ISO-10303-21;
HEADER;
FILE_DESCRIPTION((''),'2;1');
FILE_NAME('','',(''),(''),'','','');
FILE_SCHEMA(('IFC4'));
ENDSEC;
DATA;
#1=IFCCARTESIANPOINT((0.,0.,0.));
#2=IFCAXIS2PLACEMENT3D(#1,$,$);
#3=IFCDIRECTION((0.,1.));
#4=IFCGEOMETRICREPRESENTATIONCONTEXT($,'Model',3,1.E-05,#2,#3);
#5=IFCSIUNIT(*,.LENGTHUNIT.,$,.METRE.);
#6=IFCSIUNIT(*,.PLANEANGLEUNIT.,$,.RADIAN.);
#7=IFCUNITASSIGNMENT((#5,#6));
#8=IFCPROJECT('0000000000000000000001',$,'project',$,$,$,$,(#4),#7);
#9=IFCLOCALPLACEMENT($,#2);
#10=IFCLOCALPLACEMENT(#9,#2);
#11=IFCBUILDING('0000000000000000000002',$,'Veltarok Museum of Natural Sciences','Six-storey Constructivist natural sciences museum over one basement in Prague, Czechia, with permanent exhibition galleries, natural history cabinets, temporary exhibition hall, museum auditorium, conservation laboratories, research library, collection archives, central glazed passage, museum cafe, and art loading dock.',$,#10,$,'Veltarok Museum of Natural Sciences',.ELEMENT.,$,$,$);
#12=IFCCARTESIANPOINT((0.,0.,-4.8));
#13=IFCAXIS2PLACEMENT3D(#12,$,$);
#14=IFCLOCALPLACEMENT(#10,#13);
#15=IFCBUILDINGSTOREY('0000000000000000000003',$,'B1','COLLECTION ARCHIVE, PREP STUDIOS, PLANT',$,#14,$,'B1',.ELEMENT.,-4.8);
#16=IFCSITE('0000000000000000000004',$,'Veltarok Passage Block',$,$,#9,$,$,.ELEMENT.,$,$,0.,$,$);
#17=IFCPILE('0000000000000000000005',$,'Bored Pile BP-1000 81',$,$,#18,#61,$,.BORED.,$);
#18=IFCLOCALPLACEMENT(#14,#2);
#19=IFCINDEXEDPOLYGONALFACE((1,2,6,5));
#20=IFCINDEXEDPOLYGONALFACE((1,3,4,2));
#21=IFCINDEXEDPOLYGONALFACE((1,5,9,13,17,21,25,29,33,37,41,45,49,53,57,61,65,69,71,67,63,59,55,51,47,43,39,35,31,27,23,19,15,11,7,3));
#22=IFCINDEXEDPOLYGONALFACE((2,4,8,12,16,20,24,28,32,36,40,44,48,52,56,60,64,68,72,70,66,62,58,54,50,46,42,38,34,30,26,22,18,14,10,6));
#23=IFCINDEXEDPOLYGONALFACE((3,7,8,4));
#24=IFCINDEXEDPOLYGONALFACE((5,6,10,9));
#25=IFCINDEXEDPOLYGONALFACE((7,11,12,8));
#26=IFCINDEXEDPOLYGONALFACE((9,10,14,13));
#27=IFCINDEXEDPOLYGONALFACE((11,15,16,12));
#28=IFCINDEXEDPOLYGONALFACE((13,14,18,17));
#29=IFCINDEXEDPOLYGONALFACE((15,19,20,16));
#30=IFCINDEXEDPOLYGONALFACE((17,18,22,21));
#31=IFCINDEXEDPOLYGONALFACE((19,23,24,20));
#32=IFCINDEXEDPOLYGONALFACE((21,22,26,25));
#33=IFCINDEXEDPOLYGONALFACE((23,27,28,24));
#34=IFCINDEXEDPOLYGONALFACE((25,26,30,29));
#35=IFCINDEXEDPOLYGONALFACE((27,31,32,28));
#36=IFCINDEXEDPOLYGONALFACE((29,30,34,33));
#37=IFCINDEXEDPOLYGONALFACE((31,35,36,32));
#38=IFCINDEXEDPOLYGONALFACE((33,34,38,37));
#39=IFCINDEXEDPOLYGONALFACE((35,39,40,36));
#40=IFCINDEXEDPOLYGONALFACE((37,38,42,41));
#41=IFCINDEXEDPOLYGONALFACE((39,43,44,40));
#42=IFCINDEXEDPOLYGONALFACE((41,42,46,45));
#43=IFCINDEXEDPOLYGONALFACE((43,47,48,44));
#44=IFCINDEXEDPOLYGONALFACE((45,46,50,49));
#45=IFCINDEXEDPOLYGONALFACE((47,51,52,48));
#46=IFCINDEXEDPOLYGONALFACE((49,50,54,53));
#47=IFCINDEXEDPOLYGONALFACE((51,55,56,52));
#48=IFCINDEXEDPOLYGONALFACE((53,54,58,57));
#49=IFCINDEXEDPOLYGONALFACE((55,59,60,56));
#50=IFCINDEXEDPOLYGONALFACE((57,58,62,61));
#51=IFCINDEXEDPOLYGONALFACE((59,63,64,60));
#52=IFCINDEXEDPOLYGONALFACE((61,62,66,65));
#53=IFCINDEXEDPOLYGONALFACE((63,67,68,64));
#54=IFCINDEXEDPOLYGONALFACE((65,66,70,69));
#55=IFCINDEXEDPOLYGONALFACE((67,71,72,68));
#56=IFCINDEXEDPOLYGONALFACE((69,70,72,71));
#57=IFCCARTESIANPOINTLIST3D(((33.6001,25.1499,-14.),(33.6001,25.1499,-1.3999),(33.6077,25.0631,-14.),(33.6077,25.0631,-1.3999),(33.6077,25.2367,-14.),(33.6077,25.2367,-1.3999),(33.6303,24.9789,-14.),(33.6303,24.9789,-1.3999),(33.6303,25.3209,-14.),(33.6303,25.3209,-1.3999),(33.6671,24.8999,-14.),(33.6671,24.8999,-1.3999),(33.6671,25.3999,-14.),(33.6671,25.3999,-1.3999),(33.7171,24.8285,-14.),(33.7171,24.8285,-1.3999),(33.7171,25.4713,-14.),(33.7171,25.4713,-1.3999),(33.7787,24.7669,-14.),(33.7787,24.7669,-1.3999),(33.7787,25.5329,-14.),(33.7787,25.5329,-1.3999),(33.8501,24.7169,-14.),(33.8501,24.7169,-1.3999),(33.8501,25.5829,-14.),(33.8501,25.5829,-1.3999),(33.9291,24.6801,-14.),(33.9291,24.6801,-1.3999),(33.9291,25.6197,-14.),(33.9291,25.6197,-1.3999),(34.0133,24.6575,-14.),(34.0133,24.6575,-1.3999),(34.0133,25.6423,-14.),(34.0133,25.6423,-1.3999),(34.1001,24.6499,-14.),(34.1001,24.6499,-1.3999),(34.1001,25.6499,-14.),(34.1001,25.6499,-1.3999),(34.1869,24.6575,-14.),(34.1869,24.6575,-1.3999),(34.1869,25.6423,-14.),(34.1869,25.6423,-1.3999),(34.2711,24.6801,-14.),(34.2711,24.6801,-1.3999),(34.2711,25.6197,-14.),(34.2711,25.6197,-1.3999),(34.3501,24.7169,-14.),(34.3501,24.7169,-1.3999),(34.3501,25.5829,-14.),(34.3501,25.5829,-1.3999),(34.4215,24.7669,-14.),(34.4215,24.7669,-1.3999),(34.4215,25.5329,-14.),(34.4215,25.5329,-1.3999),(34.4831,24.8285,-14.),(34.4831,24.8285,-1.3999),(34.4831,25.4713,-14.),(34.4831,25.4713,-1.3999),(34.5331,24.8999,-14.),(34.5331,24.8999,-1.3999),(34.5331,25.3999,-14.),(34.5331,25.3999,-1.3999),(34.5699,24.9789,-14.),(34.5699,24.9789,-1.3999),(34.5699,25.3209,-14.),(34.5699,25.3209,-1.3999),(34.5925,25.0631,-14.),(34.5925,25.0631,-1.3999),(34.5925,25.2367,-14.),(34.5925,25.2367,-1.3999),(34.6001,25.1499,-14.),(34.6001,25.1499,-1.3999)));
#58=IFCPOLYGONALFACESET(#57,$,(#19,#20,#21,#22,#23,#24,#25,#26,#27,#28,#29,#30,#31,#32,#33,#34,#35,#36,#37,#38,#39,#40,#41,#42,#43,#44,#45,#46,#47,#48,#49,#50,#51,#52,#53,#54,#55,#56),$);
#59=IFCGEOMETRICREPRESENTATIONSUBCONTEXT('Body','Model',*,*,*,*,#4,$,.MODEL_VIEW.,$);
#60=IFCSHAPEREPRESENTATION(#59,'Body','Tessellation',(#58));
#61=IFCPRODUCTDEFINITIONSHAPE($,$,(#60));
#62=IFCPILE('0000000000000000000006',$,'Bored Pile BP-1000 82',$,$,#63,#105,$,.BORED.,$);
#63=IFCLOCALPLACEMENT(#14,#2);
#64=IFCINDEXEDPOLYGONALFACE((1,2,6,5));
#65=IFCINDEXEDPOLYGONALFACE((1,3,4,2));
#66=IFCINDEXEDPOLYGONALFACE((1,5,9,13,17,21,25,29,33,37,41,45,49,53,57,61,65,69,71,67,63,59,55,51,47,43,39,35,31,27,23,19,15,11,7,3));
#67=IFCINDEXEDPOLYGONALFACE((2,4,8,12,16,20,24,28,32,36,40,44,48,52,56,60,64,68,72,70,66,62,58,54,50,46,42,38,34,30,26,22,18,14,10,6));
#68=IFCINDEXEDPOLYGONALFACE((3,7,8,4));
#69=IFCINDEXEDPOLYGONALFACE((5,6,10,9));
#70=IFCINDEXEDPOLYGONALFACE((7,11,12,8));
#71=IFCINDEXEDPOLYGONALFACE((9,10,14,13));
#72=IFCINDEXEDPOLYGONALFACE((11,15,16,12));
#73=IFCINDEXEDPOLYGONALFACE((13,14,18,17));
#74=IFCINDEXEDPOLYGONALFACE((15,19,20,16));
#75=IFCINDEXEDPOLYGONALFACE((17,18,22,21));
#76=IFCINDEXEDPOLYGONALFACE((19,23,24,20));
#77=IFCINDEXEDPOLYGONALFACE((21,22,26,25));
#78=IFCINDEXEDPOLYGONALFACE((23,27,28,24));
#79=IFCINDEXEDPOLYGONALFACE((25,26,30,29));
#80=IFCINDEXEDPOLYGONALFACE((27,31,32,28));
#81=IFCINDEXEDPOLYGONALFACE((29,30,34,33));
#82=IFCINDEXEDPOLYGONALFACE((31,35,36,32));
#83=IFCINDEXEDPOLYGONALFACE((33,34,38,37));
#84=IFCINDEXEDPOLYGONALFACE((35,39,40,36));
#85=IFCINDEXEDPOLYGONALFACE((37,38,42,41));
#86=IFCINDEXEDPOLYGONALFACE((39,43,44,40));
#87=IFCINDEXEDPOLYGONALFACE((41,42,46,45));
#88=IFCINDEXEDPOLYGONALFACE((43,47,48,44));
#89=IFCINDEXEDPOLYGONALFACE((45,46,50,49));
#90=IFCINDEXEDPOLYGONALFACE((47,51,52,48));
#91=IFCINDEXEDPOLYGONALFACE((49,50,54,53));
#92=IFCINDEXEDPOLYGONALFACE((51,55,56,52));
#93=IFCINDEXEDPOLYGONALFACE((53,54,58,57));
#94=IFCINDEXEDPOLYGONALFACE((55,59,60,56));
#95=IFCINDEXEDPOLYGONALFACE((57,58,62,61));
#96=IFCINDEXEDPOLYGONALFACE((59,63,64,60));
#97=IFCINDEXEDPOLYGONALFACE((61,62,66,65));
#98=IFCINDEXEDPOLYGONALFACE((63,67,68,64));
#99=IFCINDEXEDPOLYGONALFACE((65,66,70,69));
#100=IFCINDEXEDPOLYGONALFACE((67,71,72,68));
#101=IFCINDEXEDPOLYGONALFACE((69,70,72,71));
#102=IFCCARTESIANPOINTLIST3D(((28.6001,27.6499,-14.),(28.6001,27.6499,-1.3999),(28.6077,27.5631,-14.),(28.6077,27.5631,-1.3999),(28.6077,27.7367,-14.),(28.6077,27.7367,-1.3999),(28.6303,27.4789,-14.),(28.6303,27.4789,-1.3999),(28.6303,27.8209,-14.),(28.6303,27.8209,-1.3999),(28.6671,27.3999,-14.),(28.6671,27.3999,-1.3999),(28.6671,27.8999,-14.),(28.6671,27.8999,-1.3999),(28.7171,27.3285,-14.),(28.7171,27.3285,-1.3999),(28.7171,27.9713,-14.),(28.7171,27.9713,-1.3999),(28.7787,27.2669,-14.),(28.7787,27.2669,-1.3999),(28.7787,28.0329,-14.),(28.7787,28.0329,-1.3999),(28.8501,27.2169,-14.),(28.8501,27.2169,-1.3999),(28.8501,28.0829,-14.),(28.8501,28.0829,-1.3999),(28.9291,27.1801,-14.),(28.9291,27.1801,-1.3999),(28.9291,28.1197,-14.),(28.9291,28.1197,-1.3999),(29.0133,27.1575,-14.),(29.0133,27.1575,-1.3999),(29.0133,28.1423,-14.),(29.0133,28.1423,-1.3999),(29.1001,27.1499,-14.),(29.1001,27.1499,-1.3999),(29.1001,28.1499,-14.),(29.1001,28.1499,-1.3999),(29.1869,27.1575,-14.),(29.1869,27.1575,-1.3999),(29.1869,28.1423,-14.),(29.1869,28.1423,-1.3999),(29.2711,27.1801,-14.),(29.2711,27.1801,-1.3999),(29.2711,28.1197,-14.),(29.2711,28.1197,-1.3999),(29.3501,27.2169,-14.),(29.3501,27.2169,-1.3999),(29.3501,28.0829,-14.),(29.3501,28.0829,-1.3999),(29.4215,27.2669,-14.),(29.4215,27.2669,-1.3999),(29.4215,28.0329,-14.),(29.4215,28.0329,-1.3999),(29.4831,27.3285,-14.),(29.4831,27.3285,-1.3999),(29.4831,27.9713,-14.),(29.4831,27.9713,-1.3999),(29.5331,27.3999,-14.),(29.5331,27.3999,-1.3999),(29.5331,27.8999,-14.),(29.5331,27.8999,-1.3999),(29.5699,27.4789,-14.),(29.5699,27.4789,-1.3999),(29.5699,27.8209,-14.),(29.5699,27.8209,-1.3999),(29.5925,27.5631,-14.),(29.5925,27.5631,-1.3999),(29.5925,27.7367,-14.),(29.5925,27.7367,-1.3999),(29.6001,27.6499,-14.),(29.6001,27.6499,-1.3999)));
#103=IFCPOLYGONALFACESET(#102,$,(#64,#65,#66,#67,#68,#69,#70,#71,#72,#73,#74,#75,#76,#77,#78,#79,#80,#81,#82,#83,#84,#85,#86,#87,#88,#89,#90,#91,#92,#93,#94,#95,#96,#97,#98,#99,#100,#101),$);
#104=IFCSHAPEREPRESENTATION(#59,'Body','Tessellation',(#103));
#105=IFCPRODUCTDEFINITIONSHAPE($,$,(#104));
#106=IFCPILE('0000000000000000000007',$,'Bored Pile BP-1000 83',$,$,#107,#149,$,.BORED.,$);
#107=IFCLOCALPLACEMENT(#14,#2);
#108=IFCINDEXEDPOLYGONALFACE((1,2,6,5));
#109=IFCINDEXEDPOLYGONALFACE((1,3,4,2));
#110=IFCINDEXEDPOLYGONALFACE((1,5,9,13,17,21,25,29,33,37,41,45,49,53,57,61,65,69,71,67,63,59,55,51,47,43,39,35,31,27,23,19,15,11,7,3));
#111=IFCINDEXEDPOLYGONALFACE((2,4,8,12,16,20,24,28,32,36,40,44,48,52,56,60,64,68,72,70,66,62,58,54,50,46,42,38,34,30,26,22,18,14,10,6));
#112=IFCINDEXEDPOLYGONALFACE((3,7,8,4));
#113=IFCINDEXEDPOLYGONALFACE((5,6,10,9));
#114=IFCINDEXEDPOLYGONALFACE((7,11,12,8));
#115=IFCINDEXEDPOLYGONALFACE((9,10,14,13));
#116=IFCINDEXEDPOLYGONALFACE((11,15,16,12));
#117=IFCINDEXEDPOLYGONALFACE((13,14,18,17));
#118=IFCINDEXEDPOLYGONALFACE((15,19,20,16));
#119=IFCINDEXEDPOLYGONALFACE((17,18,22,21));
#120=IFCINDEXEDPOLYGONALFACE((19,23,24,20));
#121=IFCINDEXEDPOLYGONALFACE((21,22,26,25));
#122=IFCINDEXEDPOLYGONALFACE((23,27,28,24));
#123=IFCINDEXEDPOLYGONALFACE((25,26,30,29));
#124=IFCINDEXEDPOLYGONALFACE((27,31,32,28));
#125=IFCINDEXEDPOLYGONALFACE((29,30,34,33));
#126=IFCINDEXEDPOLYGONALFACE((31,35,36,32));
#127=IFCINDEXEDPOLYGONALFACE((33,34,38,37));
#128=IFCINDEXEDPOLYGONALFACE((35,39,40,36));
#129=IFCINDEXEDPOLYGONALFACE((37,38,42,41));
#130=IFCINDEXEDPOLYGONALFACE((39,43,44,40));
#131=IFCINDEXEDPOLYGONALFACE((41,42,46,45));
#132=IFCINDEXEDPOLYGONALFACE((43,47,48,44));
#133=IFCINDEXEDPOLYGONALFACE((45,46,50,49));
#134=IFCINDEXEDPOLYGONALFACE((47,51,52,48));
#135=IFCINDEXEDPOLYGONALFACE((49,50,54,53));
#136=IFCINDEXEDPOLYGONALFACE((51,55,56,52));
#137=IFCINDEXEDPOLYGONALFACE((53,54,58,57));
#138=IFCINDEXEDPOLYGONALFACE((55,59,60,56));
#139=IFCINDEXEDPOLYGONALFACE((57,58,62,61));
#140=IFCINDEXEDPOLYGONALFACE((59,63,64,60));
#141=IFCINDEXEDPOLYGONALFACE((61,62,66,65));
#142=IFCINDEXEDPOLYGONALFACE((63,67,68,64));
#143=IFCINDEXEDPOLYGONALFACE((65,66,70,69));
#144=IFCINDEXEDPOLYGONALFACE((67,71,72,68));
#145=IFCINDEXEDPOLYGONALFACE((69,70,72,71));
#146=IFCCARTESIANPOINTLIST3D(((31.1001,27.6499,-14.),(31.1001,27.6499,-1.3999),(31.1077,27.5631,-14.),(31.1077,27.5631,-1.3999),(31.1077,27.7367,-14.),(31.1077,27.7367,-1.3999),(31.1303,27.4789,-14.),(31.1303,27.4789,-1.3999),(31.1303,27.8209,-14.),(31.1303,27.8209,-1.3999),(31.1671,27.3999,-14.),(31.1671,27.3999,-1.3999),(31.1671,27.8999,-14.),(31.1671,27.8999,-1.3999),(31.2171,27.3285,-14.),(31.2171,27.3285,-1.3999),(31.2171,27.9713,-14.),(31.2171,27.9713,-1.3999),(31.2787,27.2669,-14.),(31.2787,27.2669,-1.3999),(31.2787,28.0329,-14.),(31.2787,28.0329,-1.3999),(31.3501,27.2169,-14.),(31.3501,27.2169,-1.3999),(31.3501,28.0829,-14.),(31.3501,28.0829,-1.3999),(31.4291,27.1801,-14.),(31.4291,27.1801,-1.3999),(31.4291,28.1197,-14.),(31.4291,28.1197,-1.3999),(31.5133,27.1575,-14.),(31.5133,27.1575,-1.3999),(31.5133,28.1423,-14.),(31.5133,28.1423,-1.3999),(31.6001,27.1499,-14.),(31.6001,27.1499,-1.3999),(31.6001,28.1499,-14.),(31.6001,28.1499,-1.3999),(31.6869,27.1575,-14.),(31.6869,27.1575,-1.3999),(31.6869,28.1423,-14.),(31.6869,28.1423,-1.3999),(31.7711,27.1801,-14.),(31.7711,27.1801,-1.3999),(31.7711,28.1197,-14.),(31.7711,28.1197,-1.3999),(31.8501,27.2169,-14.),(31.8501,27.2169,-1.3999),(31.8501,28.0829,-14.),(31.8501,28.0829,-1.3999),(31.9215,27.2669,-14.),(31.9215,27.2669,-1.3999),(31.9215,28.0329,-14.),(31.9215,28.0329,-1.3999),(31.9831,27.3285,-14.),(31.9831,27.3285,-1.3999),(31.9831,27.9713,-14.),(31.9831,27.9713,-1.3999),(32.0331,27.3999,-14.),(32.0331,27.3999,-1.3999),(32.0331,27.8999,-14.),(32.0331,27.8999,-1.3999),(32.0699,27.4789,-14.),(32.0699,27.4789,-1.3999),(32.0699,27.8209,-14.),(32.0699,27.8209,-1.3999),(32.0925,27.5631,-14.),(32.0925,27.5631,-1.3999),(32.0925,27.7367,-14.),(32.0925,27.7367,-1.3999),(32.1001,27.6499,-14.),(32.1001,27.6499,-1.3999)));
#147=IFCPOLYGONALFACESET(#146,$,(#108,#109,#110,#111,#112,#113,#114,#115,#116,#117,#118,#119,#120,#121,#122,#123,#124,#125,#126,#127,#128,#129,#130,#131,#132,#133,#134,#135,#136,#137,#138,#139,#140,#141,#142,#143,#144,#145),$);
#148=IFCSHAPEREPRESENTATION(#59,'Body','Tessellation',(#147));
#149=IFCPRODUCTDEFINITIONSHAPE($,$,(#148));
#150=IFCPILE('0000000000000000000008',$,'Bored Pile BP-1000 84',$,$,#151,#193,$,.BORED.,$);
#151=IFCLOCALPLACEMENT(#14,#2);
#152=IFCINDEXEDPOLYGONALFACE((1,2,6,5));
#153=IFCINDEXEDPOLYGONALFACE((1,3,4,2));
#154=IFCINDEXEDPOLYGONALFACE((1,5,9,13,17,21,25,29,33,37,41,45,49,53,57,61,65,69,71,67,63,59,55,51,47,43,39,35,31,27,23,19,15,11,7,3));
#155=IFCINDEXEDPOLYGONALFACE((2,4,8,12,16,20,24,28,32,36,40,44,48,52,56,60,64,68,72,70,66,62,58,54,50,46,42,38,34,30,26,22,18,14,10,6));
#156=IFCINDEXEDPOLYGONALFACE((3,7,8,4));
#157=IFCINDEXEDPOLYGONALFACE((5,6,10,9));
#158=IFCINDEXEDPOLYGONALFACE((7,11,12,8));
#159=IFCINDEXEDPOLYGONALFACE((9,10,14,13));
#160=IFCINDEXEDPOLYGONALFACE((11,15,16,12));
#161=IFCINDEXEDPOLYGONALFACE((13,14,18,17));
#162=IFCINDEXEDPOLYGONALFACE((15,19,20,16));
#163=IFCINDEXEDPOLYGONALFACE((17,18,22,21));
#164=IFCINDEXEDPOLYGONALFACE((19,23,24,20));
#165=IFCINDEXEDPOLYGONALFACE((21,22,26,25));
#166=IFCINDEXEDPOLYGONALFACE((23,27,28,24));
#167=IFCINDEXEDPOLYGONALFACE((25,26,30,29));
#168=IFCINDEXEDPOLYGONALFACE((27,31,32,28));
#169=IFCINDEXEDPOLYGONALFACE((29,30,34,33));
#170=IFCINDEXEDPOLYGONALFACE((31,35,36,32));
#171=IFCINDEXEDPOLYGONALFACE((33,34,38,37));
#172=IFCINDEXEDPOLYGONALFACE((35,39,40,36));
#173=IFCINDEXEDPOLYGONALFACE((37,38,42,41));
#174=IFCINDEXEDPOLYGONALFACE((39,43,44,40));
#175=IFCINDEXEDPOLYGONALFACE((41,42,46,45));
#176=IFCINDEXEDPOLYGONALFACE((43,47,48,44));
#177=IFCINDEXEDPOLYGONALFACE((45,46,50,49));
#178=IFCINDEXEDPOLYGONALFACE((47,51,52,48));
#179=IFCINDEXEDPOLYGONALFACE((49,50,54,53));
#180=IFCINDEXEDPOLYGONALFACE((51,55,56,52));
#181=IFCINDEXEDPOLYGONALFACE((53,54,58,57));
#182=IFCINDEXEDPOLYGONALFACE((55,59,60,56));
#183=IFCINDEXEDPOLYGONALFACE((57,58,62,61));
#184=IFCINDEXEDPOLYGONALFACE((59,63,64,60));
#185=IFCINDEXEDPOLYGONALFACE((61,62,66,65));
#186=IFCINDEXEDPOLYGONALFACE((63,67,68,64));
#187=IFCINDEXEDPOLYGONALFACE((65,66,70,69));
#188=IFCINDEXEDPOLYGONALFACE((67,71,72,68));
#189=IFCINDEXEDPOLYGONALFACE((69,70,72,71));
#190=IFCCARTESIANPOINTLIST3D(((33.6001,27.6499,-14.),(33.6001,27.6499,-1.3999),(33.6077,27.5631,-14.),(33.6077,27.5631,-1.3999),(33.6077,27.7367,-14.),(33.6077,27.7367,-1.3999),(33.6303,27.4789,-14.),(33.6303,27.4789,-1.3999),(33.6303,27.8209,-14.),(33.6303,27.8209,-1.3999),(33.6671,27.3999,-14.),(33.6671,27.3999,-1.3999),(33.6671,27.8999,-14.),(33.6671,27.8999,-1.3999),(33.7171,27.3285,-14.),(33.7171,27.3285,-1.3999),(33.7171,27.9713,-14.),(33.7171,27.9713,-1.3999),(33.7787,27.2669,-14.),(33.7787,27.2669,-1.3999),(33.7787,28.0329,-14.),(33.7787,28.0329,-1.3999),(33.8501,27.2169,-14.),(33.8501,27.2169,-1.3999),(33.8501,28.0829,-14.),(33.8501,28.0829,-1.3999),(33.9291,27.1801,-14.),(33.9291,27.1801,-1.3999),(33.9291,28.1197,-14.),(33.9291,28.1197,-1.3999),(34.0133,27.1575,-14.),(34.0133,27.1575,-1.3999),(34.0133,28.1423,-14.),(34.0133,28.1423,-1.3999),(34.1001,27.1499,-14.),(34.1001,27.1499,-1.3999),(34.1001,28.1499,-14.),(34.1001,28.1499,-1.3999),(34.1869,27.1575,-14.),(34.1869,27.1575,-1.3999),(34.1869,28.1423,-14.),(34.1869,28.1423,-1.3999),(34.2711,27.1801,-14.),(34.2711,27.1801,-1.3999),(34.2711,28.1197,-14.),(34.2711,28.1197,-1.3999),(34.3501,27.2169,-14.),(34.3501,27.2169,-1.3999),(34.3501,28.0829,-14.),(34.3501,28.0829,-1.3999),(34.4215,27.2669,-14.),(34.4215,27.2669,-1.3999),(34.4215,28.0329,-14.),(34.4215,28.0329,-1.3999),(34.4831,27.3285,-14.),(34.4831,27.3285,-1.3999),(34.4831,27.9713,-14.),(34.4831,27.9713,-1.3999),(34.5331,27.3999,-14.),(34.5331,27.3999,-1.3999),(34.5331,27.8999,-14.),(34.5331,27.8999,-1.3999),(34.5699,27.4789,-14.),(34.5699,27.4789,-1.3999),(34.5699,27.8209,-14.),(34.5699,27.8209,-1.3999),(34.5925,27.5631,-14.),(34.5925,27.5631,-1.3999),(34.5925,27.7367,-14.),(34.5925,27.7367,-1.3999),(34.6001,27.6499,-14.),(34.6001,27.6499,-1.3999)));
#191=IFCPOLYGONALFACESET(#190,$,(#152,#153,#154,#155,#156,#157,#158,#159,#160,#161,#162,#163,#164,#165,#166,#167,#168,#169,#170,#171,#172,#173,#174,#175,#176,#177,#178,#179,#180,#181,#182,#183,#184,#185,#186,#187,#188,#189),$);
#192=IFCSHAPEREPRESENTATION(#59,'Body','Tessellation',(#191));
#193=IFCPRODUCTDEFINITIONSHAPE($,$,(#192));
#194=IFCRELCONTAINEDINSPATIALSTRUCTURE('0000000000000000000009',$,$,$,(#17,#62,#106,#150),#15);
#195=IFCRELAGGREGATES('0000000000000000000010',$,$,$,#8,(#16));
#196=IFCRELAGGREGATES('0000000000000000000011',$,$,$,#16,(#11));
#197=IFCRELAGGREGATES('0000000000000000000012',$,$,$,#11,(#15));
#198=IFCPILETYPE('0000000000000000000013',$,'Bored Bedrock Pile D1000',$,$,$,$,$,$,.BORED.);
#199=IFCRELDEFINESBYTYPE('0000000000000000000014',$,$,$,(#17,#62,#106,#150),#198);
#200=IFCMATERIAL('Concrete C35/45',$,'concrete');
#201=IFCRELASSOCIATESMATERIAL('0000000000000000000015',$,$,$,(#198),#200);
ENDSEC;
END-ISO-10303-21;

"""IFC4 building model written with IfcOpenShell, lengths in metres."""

from ifc_helpers import new_model, si_unit, direction, frame, origin, origin_2d, place, context, subcontext, project, spatial, circle, extrude, material, material_profile, profile_set, type_object, element, save


model = new_model("IFC4")

# Units and contexts
model_context = context("Model", 3, precision=1e-05, world=origin(), true_north=direction((0.0, 1.0)))
body_context = subcontext(model_context, "Body", "Model", "MODEL_VIEW")
ifc_project = project(units=[si_unit("LENGTHUNIT", "METRE"), si_unit("PLANEANGLEUNIT", "RADIAN")], contexts=[model_context])

# Site, building, storey
site_placement = place(None, origin())
site = spatial("IfcSite", under=ifc_project, at=site_placement, Name="Veltarok Passage Block", CompositionType="ELEMENT", RefElevation=0.0)
building_placement = place(site_placement, origin())
building = spatial("IfcBuilding", under=site, at=building_placement, Name="Veltarok Museum of Natural Sciences", Description="Six-storey Constructivist natural sciences museum over one basement in Prague, Czechia, with permanent exhibition galleries, natural history cabinets, temporary exhibition hall, museum auditorium, conservation laboratories, research library, collection archives, central glazed passage, museum cafe, and art loading dock.", LongName="Veltarok Museum of Natural Sciences", CompositionType="ELEMENT")
storey_placement = place(building_placement, frame((0.0, 0.0, -4.8)))
storey = spatial("IfcBuildingStorey", under=building, at=storey_placement, Name="B1", Description="COLLECTION ARCHIVE, PREP STUDIOS, PLANT", LongName="B1", CompositionType="ELEMENT", Elevation=-4.8)

# Piles
ifc_material_1 = material(Name="Concrete C35/45", Category="concrete")
ifc_material_profile_1 = material_profile(ifc_material_1, circle(Radius=0.5, at=origin_2d()), Name="BP D1000")
ifc_profile_set_1 = profile_set([ifc_material_profile_1], Name="Concrete C35/45")
pile_type_1 = type_object("IfcPileType", Name="Bored Bedrock Pile D1000", PredefinedType="BORED", material=ifc_profile_set_1)
for number, where, z_axis, x_axis, name in (
    (1, (34.1001, 25.1499, -1.3999), (0.0, 0.0, -1.0), (1.0, 0.0, 0.0), "Bored Pile BP-1000 81"),
    (2, (29.1001, 27.6499, -1.3999), (0.0, 0.0, -1.0), (1.0, 0.0, 0.0), "Bored Pile BP-1000 82"),
    (3, (31.6001, 27.6499, -1.3999), (0.0, 0.0, -1.0), (1.0, 0.0, 0.0), "Bored Pile BP-1000 83"),
    (4, (34.1001, 27.6499, -1.3999), (0.0, 0.0, -1.0), (1.0, 0.0, 0.0), "Bored Pile BP-1000 84"),
):
    element("IfcPile", number, at=place(storey_placement, frame(where, z_axis=z_axis, x_axis=x_axis)), inside=storey, type_object=pile_type_1, Name=name, PredefinedType="BORED", context=body_context, shape_type="SweptSolid", body=[
        extrude(circle(Radius=0.5, at=origin_2d()), origin(), (0.0, 0.0, 1.0), 12.6001),
    ])

save(model, "model.ifc")
